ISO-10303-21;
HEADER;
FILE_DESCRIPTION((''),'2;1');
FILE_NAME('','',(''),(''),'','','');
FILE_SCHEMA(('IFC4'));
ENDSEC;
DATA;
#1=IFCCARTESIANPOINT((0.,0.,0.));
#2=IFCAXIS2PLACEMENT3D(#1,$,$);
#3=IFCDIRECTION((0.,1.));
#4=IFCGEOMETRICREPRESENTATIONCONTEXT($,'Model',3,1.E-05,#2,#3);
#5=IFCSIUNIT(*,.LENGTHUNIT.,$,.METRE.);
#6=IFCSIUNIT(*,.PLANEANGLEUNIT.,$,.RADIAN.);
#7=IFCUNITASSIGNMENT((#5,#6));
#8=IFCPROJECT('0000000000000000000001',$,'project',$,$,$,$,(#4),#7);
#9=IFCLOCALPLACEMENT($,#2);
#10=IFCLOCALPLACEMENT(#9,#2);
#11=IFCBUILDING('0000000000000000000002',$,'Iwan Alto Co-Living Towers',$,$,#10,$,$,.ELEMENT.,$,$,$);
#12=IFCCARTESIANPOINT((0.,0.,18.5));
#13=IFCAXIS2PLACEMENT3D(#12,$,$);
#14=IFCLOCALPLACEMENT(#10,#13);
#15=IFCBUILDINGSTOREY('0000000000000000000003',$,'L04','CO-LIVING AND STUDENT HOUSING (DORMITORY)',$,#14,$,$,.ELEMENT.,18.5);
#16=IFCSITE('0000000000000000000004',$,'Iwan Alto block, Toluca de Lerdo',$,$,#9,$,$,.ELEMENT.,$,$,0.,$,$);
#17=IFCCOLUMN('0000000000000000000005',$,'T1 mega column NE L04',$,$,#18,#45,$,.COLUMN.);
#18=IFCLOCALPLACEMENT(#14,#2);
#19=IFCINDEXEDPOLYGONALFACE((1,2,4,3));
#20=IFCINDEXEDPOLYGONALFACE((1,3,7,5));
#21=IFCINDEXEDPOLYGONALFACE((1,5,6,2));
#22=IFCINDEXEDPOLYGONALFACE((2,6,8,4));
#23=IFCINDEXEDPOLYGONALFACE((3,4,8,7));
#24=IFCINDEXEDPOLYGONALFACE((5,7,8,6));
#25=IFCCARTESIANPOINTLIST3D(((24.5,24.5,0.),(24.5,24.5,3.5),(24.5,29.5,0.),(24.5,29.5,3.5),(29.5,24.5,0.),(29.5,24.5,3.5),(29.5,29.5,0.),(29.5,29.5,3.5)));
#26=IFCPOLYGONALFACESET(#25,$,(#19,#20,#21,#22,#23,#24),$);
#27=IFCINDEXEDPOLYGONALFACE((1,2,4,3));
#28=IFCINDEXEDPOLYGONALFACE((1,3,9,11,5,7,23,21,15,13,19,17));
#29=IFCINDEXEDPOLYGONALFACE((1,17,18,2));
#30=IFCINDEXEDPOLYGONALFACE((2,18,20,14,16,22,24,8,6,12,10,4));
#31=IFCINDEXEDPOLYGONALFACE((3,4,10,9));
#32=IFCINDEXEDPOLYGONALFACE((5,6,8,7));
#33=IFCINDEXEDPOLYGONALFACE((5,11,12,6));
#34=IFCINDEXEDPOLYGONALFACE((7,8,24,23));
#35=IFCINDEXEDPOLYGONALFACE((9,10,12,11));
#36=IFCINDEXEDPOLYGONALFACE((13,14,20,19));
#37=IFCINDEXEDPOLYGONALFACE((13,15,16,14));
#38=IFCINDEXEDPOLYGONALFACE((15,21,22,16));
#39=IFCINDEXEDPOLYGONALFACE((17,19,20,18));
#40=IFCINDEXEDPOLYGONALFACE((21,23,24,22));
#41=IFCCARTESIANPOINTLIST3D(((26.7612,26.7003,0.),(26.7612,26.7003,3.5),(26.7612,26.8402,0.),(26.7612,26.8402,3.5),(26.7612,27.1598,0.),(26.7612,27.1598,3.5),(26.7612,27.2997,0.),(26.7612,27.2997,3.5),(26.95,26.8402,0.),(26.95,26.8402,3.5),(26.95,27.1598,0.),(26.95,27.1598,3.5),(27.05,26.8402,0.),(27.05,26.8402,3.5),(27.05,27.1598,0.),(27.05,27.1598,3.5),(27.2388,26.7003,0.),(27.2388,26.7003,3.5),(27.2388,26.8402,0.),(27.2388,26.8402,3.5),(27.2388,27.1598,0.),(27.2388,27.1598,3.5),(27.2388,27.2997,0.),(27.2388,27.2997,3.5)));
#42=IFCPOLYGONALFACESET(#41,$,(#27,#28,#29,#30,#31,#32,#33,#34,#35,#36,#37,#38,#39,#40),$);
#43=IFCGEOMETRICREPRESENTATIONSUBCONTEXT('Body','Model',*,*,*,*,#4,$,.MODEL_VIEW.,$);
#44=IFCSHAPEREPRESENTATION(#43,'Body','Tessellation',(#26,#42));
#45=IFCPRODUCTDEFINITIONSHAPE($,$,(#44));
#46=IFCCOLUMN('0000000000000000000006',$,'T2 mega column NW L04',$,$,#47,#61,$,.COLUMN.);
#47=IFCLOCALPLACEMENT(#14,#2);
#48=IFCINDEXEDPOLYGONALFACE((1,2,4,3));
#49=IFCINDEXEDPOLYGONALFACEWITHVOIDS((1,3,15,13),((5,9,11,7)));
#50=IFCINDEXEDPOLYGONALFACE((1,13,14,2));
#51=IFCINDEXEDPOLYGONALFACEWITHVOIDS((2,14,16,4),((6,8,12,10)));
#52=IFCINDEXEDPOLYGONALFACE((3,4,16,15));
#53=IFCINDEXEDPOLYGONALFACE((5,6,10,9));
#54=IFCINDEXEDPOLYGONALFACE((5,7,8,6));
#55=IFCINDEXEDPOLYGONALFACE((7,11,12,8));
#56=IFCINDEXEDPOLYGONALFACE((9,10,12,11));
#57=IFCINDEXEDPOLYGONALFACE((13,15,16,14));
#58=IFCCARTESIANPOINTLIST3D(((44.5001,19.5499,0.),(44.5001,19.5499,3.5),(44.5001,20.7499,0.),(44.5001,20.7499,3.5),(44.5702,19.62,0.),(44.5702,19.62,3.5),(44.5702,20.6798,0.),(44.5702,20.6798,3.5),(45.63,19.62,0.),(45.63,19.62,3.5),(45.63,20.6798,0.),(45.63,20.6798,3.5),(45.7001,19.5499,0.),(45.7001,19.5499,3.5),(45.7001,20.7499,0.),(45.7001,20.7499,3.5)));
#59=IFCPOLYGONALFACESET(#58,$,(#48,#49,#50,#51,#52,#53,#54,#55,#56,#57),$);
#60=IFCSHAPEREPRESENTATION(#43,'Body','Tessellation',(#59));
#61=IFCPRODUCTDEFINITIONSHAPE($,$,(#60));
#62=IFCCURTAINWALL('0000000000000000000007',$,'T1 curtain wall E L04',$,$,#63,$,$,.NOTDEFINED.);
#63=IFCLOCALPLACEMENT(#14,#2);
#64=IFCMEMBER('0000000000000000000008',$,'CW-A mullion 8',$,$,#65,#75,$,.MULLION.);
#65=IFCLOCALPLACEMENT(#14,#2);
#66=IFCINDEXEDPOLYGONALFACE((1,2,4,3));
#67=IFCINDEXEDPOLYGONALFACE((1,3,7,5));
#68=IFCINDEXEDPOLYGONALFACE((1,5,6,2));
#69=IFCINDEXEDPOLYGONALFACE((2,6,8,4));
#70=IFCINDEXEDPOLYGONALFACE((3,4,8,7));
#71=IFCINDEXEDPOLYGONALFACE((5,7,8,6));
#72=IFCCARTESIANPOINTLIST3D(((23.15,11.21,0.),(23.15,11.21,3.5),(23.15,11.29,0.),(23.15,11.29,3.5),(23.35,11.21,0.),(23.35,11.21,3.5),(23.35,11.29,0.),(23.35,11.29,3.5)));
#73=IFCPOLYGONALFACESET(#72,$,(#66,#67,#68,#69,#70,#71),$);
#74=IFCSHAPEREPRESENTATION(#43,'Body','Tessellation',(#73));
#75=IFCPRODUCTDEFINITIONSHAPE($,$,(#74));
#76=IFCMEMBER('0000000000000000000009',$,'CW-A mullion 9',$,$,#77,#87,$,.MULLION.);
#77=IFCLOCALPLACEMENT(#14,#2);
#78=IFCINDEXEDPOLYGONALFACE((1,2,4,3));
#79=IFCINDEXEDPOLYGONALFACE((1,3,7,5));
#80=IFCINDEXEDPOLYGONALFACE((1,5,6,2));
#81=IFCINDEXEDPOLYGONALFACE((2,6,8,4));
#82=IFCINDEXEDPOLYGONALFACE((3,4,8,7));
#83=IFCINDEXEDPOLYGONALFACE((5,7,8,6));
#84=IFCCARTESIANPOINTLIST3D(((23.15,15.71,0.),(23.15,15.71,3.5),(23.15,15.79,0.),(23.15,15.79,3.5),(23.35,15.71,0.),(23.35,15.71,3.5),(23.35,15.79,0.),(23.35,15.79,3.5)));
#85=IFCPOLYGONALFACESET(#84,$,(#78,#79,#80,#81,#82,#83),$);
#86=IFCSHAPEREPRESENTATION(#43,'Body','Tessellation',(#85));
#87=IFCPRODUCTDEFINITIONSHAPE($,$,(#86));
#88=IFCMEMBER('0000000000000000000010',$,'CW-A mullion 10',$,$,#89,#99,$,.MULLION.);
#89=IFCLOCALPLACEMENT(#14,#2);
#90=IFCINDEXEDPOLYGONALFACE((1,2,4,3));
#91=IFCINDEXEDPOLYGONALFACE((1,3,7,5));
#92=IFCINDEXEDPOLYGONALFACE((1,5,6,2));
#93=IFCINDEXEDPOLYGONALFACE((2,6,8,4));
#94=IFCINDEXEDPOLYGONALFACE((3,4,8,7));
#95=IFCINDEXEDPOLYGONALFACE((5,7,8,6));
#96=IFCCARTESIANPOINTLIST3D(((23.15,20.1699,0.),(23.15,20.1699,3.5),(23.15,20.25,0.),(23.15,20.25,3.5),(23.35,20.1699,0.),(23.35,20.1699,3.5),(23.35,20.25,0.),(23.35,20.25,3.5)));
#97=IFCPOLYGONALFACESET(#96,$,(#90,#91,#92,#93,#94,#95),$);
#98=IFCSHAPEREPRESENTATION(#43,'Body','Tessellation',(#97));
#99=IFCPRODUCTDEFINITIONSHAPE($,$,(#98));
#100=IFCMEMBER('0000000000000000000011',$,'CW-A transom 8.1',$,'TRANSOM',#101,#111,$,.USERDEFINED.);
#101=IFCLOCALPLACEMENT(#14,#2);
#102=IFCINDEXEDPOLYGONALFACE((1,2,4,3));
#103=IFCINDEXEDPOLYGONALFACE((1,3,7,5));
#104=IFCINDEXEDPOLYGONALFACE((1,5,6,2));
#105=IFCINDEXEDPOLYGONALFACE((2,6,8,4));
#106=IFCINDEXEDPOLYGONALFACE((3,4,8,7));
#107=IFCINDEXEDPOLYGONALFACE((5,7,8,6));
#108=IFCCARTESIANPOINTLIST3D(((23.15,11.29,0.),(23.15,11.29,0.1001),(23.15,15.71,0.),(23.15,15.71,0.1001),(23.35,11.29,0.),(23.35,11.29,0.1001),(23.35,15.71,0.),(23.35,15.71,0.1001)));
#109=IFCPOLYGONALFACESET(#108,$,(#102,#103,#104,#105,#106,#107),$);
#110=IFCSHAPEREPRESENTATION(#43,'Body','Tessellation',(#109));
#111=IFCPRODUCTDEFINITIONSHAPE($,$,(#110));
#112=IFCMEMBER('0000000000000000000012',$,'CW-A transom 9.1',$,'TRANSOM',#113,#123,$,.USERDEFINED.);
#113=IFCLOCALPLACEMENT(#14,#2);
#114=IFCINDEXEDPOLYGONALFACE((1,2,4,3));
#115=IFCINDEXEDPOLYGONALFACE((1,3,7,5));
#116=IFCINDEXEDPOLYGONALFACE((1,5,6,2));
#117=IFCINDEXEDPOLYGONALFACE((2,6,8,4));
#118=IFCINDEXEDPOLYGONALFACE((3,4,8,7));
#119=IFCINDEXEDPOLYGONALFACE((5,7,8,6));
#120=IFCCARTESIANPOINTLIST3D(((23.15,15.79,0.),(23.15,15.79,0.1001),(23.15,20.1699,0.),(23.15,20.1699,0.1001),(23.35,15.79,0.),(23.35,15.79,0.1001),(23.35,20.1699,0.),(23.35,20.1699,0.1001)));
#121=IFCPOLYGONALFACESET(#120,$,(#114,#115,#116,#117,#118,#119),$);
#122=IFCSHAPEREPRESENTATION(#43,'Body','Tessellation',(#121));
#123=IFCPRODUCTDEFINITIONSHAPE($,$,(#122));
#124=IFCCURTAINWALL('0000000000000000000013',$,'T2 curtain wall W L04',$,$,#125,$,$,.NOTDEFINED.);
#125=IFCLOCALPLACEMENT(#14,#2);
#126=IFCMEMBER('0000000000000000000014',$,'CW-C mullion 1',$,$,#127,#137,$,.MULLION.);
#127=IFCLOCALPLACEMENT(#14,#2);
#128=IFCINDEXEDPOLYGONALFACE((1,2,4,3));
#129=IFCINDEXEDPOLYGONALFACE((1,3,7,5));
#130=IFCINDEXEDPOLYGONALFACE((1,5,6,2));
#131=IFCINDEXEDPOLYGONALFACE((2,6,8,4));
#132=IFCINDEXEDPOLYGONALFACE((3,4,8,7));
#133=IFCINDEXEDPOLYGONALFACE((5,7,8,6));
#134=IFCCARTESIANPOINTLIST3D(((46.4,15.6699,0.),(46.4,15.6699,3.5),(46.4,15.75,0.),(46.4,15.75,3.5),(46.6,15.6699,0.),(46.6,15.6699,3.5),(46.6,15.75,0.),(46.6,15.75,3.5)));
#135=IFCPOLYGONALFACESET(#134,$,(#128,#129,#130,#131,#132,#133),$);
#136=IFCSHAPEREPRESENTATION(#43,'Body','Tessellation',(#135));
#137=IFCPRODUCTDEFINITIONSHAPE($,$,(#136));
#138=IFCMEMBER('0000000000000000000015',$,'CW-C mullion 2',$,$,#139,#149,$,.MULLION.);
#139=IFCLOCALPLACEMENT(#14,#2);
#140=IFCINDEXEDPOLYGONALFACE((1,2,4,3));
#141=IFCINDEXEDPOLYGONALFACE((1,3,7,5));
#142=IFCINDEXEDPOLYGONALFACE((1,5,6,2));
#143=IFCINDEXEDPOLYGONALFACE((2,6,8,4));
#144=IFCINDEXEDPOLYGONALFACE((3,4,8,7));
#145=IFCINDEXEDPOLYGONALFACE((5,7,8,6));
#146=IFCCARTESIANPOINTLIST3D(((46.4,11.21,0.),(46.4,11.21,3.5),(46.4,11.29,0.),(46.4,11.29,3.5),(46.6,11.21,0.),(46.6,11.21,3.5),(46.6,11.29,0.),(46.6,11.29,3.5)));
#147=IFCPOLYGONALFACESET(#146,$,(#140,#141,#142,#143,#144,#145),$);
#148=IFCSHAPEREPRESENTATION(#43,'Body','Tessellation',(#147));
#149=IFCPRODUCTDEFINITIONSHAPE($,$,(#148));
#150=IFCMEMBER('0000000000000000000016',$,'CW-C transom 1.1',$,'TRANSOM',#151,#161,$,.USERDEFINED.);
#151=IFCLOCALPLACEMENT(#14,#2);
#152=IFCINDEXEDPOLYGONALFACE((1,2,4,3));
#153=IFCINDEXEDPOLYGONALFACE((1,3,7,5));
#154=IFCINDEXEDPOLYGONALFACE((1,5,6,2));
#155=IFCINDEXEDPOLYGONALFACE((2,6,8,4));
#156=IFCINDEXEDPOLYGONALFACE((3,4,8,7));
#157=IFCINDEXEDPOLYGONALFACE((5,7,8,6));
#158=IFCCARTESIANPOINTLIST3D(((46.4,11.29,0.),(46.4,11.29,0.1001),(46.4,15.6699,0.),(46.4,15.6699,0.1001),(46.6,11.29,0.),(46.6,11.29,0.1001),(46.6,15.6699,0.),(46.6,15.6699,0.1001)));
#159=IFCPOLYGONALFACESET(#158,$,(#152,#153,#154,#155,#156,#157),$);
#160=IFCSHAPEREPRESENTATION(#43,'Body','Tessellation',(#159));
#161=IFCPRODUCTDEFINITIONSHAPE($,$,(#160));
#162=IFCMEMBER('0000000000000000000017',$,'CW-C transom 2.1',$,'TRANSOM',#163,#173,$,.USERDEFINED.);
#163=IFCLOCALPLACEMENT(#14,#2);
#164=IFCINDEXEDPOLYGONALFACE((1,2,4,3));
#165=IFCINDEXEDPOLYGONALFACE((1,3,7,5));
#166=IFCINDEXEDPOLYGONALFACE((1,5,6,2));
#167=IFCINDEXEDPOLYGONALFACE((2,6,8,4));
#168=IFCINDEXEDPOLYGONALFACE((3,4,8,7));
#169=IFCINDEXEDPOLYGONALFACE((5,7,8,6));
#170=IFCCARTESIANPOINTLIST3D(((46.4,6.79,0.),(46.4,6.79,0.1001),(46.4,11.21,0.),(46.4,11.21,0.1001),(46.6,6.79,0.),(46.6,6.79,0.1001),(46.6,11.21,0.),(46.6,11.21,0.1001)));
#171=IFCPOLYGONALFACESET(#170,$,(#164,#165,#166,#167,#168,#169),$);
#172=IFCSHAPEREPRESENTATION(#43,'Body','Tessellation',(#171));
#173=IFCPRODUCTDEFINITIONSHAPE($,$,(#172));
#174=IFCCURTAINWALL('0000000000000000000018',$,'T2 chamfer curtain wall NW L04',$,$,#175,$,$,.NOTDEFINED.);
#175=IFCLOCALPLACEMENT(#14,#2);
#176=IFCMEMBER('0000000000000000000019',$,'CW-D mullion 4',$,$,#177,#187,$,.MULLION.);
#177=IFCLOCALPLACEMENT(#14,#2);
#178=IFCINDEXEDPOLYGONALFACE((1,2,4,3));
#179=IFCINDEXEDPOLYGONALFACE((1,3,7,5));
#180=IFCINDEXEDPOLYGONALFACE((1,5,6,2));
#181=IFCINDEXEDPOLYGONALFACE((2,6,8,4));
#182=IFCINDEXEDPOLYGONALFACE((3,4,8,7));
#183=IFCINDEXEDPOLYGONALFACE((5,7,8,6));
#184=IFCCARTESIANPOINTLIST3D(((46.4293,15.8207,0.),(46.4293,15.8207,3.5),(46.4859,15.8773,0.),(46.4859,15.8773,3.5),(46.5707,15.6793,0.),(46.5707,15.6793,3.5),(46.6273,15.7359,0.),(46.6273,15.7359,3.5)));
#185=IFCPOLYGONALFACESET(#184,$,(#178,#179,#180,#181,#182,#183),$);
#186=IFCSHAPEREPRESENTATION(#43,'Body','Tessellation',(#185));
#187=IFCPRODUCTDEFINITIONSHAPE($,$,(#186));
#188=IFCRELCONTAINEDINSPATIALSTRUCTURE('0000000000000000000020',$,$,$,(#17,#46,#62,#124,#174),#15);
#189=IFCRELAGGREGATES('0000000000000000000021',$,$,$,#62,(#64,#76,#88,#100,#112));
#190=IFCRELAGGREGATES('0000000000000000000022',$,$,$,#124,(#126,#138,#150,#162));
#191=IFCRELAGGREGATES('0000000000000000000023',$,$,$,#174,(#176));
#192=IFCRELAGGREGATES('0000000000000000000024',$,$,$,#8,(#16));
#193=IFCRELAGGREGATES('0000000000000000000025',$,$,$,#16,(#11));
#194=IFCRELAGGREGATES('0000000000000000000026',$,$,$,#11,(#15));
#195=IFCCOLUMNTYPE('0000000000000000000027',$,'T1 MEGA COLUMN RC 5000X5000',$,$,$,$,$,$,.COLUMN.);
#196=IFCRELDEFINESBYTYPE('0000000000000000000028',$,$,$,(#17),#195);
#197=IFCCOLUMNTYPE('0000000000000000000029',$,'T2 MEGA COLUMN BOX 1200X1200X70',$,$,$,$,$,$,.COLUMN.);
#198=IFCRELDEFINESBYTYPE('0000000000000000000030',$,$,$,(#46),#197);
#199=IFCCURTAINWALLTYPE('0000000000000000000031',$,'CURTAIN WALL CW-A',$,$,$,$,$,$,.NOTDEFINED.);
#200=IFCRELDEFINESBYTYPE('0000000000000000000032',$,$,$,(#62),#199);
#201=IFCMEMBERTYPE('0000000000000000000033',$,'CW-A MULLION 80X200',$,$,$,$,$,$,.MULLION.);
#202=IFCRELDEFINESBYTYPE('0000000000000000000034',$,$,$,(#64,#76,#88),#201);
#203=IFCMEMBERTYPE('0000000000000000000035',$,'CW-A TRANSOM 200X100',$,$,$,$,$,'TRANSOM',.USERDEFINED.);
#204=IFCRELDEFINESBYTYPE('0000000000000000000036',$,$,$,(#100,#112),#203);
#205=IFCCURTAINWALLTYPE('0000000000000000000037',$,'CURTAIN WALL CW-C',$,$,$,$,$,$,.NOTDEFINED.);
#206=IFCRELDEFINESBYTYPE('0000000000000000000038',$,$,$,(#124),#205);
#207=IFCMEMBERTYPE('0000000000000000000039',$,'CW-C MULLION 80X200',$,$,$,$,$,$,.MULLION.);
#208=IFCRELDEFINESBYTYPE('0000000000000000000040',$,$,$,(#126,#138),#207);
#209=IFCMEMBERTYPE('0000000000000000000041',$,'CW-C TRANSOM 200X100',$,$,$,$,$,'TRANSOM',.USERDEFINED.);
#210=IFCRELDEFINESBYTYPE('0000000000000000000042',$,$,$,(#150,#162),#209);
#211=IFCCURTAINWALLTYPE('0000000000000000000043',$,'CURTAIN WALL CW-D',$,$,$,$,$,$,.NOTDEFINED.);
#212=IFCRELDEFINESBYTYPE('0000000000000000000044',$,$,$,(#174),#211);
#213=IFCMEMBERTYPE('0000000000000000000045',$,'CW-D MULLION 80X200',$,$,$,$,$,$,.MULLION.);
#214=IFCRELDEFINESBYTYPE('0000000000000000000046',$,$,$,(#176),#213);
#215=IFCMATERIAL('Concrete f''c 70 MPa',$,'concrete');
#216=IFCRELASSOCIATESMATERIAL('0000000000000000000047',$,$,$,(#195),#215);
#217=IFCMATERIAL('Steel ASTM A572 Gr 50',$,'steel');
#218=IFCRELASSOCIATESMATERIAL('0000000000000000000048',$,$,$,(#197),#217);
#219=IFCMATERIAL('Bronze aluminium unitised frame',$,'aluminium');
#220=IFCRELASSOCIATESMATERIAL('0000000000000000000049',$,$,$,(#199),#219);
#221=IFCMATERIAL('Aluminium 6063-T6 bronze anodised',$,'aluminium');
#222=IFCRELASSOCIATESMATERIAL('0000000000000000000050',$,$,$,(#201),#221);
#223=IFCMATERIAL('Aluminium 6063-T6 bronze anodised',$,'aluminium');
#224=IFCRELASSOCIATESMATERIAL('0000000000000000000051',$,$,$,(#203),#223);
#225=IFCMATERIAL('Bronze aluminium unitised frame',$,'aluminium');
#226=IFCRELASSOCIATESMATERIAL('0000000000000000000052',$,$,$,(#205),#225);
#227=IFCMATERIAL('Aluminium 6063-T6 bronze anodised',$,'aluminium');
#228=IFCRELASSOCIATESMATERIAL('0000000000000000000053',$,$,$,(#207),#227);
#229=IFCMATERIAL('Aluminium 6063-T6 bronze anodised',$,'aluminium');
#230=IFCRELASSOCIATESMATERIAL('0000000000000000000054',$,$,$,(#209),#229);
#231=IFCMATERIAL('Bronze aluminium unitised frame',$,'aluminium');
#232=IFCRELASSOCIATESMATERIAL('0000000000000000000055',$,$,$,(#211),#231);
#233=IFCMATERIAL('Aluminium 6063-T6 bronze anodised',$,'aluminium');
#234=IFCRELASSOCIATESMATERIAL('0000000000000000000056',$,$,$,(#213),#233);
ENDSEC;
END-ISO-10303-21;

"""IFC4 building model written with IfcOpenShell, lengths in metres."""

from ifc_helpers import new_model, si_unit, direction, frame, origin, origin_2d, place, context, subcontext, project, spatial, rectangle, hollow_rectangle, i_section, extrude, material, material_profile, profile_set, type_object, element, aggregate, save


model = new_model("IFC4")

# Units and contexts
model_context = context("Model", 3, precision=1e-05, world=origin(), true_north=direction((0.0, 1.0)))
body_context = subcontext(model_context, "Body", "Model", "MODEL_VIEW")
ifc_project = project(units=[si_unit("LENGTHUNIT", "METRE"), si_unit("PLANEANGLEUNIT", "RADIAN")], contexts=[model_context])

# Site, building, storey
site_placement = place(None, origin())
site = spatial("IfcSite", under=ifc_project, at=site_placement, Name="Iwan Alto block, Toluca de Lerdo", CompositionType="ELEMENT", RefElevation=0.0)
building_placement = place(site_placement, origin())
building = spatial("IfcBuilding", under=site, at=building_placement, Name="Iwan Alto Co-Living Towers", CompositionType="ELEMENT")
storey_placement = place(building_placement, frame((0.0, 0.0, 18.5)))
storey = spatial("IfcBuildingStorey", under=building, at=storey_placement, Name="L04", Description="CO-LIVING AND STUDENT HOUSING (DORMITORY)", CompositionType="ELEMENT", Elevation=18.5)

# Columns
ifc_material_1 = material(Name="Concrete f'c 70 MPa", Category="concrete")
ifc_material_profile_1 = material_profile(ifc_material_1, rectangle(XDim=5.0, YDim=5.0, at=origin_2d()), Name="RC 5000X5000")
ifc_profile_set_1 = profile_set([ifc_material_profile_1], Name="Concrete f'c 70 MPa")
column_type_1 = type_object("IfcColumnType", Name="T1 MEGA COLUMN RC 5000X5000", PredefinedType="COLUMN", material=ifc_profile_set_1)
column_1_placement = place(storey_placement, frame((27.0, 27.0, 0.0), z_axis=(0.0, 0.0, 1.0), x_axis=(1.0, 0.0, 0.0)))
element("IfcColumn", 1, at=column_1_placement, inside=storey, type_object=column_type_1, Name="T1 mega column NE L04", PredefinedType="COLUMN", context=body_context, shape_type="SweptSolid", body=[
    extrude(rectangle(XDim=5.0, YDim=5.0, at=origin_2d()), origin(), (0.0, 0.0, 1.0), 3.5),
    extrude(i_section(OverallWidth=0.4775, OverallDepth=0.5994, WebThickness=0.1001, FlangeThickness=0.1399, at=origin_2d()), origin(), (0.0, 0.0, 1.0), 3.5),
])
ifc_material_2 = material(Name="Steel ASTM A572 Gr 50", Category="steel")
ifc_material_profile_2 = material_profile(ifc_material_2, hollow_rectangle(XDim=1.2, YDim=1.2, WallThickness=0.0701, at=origin_2d()), Name="BOX 1200X1200X70")
ifc_profile_set_2 = profile_set([ifc_material_profile_2], Name="Steel ASTM A572 Gr 50")
column_type_2 = type_object("IfcColumnType", Name="T2 MEGA COLUMN BOX 1200X1200X70", PredefinedType="COLUMN", material=ifc_profile_set_2)
column_2_placement = place(storey_placement, frame((45.1001, 20.1499, 0.0), z_axis=(0.0, 0.0, 1.0), x_axis=(1.0, 0.0, 0.0)))
element("IfcColumn", 2, at=column_2_placement, inside=storey, type_object=column_type_2, Name="T2 mega column NW L04", PredefinedType="COLUMN", context=body_context, shape_type="SweptSolid", body=[
    extrude(hollow_rectangle(XDim=1.2, YDim=1.2, WallThickness=0.0701, at=origin_2d()), origin(), (0.0, 0.0, 1.0), 3.5),
])

# Curtain walls, members
ifc_material_3 = material(Name="Bronze aluminium unitised frame", Category="aluminium")
curtain_wall_type_1 = type_object("IfcCurtainWallType", Name="CURTAIN WALL CW-A", PredefinedType="NOTDEFINED", material=ifc_material_3)
curtain_wall_1_placement = place(storey_placement, origin())
curtain_wall_1 = element("IfcCurtainWall", 3, at=curtain_wall_1_placement, inside=storey, type_object=curtain_wall_type_1, Name="T1 curtain wall E L04", PredefinedType="NOTDEFINED")
ifc_material_4 = material(Name="Aluminium 6063-T6 bronze anodised", Category="aluminium")
ifc_material_profile_3 = material_profile(ifc_material_4, rectangle(XDim=0.2, YDim=0.0801, at=origin_2d()), Name="AL 80X200")
ifc_profile_set_3 = profile_set([ifc_material_profile_3], Name="Aluminium 6063-T6 bronze anodised")
member_type_1 = type_object("IfcMemberType", Name="CW-A MULLION 80X200", PredefinedType="MULLION", material=ifc_profile_set_3)
member_1_placement = place(storey_placement, frame((23.25, 11.25, 0.0), z_axis=(0.0, 0.0, 1.0), x_axis=(-1.0, 0.0, 0.0)))
member_1 = element("IfcMember", 4, at=member_1_placement, type_object=member_type_1, Name="CW-A mullion 8", PredefinedType="MULLION", context=body_context, shape_type="SweptSolid", body=[
    extrude(rectangle(XDim=0.2, YDim=0.0801, at=origin_2d()), origin(), (0.0, 0.0, 1.0), 3.5),
])
member_2_placement = place(storey_placement, frame((23.25, 15.75, 0.0), z_axis=(0.0, 0.0, 1.0), x_axis=(-1.0, 0.0, 0.0)))
member_2 = element("IfcMember", 5, at=member_2_placement, type_object=member_type_1, Name="CW-A mullion 9", PredefinedType="MULLION", context=body_context, shape_type="SweptSolid", body=[
    extrude(rectangle(XDim=0.2, YDim=0.0801, at=origin_2d()), origin(), (0.0, 0.0, 1.0), 3.5),
])
member_3_placement = place(storey_placement, frame((23.25, 20.21, 0.0), z_axis=(0.0, 0.0, 1.0), x_axis=(-1.0, 0.0, 0.0)))
member_3 = element("IfcMember", 6, at=member_3_placement, type_object=member_type_1, Name="CW-A mullion 10", PredefinedType="MULLION", context=body_context, shape_type="SweptSolid", body=[
    extrude(rectangle(XDim=0.2, YDim=0.0801, at=origin_2d()), origin(), (0.0, 0.0, 1.0), 3.5),
])
ifc_material_5 = material(Name="Aluminium 6063-T6 bronze anodised", Category="aluminium")
ifc_material_profile_4 = material_profile(ifc_material_5, rectangle(XDim=0.2, YDim=0.1001, at=origin_2d()), Name="AL 200X100")
ifc_profile_set_4 = profile_set([ifc_material_profile_4], Name="Aluminium 6063-T6 bronze anodised")
member_type_2 = type_object("IfcMemberType", Name="CW-A TRANSOM 200X100", ElementType="TRANSOM", PredefinedType="USERDEFINED", material=ifc_profile_set_4)
member_4_placement = place(storey_placement, frame((23.25, 11.29, 0.05), z_axis=(0.0, 1.0, 0.0), x_axis=(-1.0, 0.0, 0.0)))
member_4 = element("IfcMember", 7, at=member_4_placement, type_object=member_type_2, Name="CW-A transom 8.1", ObjectType="TRANSOM", PredefinedType="USERDEFINED", context=body_context, shape_type="SweptSolid", body=[
    extrude(rectangle(XDim=0.2, YDim=0.1001, at=origin_2d()), origin(), (0.0, 0.0, 1.0), 4.4199),
])
member_5_placement = place(storey_placement, frame((23.25, 15.79, 0.05), z_axis=(0.0, 1.0, 0.0), x_axis=(-1.0, 0.0, 0.0)))
member_5 = element("IfcMember", 8, at=member_5_placement, type_object=member_type_2, Name="CW-A transom 9.1", ObjectType="TRANSOM", PredefinedType="USERDEFINED", context=body_context, shape_type="SweptSolid", body=[
    extrude(rectangle(XDim=0.2, YDim=0.1001, at=origin_2d()), origin(), (0.0, 0.0, 1.0), 4.3799),
])
ifc_material_6 = material(Name="Bronze aluminium unitised frame", Category="aluminium")
curtain_wall_type_2 = type_object("IfcCurtainWallType", Name="CURTAIN WALL CW-C", PredefinedType="NOTDEFINED", material=ifc_material_6)
curtain_wall_2_placement = place(storey_placement, origin())
curtain_wall_2 = element("IfcCurtainWall", 9, at=curtain_wall_2_placement, inside=storey, type_object=curtain_wall_type_2, Name="T2 curtain wall W L04", PredefinedType="NOTDEFINED")
ifc_material_7 = material(Name="Aluminium 6063-T6 bronze anodised", Category="aluminium")
ifc_material_profile_5 = material_profile(ifc_material_7, rectangle(XDim=0.2, YDim=0.0801, at=origin_2d()), Name="AL 80X200")
ifc_profile_set_5 = profile_set([ifc_material_profile_5], Name="Aluminium 6063-T6 bronze anodised")
member_type_3 = type_object("IfcMemberType", Name="CW-C MULLION 80X200", PredefinedType="MULLION", material=ifc_profile_set_5)
member_6_placement = place(storey_placement, frame((46.5, 15.71, 0.0), z_axis=(0.0, 0.0, 1.0), x_axis=(1.0, 0.0, 0.0)))
member_6 = element("IfcMember", 10, at=member_6_placement, type_object=member_type_3, Name="CW-C mullion 1", PredefinedType="MULLION", context=body_context, shape_type="SweptSolid", body=[
    extrude(rectangle(XDim=0.2, YDim=0.0801, at=origin_2d()), origin(), (0.0, 0.0, 1.0), 3.5),
])
member_7_placement = place(storey_placement, frame((46.5, 11.25, 0.0), z_axis=(0.0, 0.0, 1.0), x_axis=(1.0, 0.0, 0.0)))
member_7 = element("IfcMember", 11, at=member_7_placement, type_object=member_type_3, Name="CW-C mullion 2", PredefinedType="MULLION", context=body_context, shape_type="SweptSolid", body=[
    extrude(rectangle(XDim=0.2, YDim=0.0801, at=origin_2d()), origin(), (0.0, 0.0, 1.0), 3.5),
])
ifc_material_8 = material(Name="Aluminium 6063-T6 bronze anodised", Category="aluminium")
ifc_material_profile_6 = material_profile(ifc_material_8, rectangle(XDim=0.2, YDim=0.1001, at=origin_2d()), Name="AL 200X100")
ifc_profile_set_6 = profile_set([ifc_material_profile_6], Name="Aluminium 6063-T6 bronze anodised")
member_type_4 = type_object("IfcMemberType", Name="CW-C TRANSOM 200X100", ElementType="TRANSOM", PredefinedType="USERDEFINED", material=ifc_profile_set_6)
member_8_placement = place(storey_placement, frame((46.5, 15.6699, 0.05), z_axis=(0.0, -1.0, 0.0), x_axis=(1.0, 0.0, 0.0)))
member_8 = element("IfcMember", 12, at=member_8_placement, type_object=member_type_4, Name="CW-C transom 1.1", ObjectType="TRANSOM", PredefinedType="USERDEFINED", context=body_context, shape_type="SweptSolid", body=[
    extrude(rectangle(XDim=0.2, YDim=0.1001, at=origin_2d()), origin(), (0.0, 0.0, 1.0), 4.3799),
])
member_9_placement = place(storey_placement, frame((46.5, 11.21, 0.05), z_axis=(0.0, -1.0, 0.0), x_axis=(1.0, 0.0, 0.0)))
member_9 = element("IfcMember", 13, at=member_9_placement, type_object=member_type_4, Name="CW-C transom 2.1", ObjectType="TRANSOM", PredefinedType="USERDEFINED", context=body_context, shape_type="SweptSolid", body=[
    extrude(rectangle(XDim=0.2, YDim=0.1001, at=origin_2d()), origin(), (0.0, 0.0, 1.0), 4.4199),
])

# Curtain wall, member
ifc_material_9 = material(Name="Bronze aluminium unitised frame", Category="aluminium")
curtain_wall_type_3 = type_object("IfcCurtainWallType", Name="CURTAIN WALL CW-D", PredefinedType="NOTDEFINED", material=ifc_material_9)
curtain_wall_3_placement = place(storey_placement, origin())
curtain_wall_3 = element("IfcCurtainWall", 14, at=curtain_wall_3_placement, inside=storey, type_object=curtain_wall_type_3, Name="T2 chamfer curtain wall NW L04", PredefinedType="NOTDEFINED")
ifc_material_10 = material(Name="Aluminium 6063-T6 bronze anodised", Category="aluminium")
ifc_material_profile_7 = material_profile(ifc_material_10, rectangle(XDim=0.2, YDim=0.0801, at=origin_2d()), Name="AL 80X200")
ifc_profile_set_7 = profile_set([ifc_material_profile_7], Name="Aluminium 6063-T6 bronze anodised")
member_type_5 = type_object("IfcMemberType", Name="CW-D MULLION 80X200", PredefinedType="MULLION", material=ifc_profile_set_7)
member_10_placement = place(storey_placement, frame((46.5283, 15.7783, 0.0), z_axis=(0.0, 0.0, 1.0), x_axis=(0.707107, -0.707107, 0.0)))
member_10 = element("IfcMember", 15, at=member_10_placement, type_object=member_type_5, Name="CW-D mullion 4", PredefinedType="MULLION", context=body_context, shape_type="SweptSolid", body=[
    extrude(rectangle(XDim=0.2, YDim=0.0801, at=origin_2d()), origin(), (0.0, 0.0, 1.0), 3.5),
])

aggregate(curtain_wall_1, [member_1, member_2, member_3, member_4, member_5])
aggregate(curtain_wall_2, [member_6, member_7, member_8, member_9])
aggregate(curtain_wall_3, [member_10])

save(model, "model.ifc")
